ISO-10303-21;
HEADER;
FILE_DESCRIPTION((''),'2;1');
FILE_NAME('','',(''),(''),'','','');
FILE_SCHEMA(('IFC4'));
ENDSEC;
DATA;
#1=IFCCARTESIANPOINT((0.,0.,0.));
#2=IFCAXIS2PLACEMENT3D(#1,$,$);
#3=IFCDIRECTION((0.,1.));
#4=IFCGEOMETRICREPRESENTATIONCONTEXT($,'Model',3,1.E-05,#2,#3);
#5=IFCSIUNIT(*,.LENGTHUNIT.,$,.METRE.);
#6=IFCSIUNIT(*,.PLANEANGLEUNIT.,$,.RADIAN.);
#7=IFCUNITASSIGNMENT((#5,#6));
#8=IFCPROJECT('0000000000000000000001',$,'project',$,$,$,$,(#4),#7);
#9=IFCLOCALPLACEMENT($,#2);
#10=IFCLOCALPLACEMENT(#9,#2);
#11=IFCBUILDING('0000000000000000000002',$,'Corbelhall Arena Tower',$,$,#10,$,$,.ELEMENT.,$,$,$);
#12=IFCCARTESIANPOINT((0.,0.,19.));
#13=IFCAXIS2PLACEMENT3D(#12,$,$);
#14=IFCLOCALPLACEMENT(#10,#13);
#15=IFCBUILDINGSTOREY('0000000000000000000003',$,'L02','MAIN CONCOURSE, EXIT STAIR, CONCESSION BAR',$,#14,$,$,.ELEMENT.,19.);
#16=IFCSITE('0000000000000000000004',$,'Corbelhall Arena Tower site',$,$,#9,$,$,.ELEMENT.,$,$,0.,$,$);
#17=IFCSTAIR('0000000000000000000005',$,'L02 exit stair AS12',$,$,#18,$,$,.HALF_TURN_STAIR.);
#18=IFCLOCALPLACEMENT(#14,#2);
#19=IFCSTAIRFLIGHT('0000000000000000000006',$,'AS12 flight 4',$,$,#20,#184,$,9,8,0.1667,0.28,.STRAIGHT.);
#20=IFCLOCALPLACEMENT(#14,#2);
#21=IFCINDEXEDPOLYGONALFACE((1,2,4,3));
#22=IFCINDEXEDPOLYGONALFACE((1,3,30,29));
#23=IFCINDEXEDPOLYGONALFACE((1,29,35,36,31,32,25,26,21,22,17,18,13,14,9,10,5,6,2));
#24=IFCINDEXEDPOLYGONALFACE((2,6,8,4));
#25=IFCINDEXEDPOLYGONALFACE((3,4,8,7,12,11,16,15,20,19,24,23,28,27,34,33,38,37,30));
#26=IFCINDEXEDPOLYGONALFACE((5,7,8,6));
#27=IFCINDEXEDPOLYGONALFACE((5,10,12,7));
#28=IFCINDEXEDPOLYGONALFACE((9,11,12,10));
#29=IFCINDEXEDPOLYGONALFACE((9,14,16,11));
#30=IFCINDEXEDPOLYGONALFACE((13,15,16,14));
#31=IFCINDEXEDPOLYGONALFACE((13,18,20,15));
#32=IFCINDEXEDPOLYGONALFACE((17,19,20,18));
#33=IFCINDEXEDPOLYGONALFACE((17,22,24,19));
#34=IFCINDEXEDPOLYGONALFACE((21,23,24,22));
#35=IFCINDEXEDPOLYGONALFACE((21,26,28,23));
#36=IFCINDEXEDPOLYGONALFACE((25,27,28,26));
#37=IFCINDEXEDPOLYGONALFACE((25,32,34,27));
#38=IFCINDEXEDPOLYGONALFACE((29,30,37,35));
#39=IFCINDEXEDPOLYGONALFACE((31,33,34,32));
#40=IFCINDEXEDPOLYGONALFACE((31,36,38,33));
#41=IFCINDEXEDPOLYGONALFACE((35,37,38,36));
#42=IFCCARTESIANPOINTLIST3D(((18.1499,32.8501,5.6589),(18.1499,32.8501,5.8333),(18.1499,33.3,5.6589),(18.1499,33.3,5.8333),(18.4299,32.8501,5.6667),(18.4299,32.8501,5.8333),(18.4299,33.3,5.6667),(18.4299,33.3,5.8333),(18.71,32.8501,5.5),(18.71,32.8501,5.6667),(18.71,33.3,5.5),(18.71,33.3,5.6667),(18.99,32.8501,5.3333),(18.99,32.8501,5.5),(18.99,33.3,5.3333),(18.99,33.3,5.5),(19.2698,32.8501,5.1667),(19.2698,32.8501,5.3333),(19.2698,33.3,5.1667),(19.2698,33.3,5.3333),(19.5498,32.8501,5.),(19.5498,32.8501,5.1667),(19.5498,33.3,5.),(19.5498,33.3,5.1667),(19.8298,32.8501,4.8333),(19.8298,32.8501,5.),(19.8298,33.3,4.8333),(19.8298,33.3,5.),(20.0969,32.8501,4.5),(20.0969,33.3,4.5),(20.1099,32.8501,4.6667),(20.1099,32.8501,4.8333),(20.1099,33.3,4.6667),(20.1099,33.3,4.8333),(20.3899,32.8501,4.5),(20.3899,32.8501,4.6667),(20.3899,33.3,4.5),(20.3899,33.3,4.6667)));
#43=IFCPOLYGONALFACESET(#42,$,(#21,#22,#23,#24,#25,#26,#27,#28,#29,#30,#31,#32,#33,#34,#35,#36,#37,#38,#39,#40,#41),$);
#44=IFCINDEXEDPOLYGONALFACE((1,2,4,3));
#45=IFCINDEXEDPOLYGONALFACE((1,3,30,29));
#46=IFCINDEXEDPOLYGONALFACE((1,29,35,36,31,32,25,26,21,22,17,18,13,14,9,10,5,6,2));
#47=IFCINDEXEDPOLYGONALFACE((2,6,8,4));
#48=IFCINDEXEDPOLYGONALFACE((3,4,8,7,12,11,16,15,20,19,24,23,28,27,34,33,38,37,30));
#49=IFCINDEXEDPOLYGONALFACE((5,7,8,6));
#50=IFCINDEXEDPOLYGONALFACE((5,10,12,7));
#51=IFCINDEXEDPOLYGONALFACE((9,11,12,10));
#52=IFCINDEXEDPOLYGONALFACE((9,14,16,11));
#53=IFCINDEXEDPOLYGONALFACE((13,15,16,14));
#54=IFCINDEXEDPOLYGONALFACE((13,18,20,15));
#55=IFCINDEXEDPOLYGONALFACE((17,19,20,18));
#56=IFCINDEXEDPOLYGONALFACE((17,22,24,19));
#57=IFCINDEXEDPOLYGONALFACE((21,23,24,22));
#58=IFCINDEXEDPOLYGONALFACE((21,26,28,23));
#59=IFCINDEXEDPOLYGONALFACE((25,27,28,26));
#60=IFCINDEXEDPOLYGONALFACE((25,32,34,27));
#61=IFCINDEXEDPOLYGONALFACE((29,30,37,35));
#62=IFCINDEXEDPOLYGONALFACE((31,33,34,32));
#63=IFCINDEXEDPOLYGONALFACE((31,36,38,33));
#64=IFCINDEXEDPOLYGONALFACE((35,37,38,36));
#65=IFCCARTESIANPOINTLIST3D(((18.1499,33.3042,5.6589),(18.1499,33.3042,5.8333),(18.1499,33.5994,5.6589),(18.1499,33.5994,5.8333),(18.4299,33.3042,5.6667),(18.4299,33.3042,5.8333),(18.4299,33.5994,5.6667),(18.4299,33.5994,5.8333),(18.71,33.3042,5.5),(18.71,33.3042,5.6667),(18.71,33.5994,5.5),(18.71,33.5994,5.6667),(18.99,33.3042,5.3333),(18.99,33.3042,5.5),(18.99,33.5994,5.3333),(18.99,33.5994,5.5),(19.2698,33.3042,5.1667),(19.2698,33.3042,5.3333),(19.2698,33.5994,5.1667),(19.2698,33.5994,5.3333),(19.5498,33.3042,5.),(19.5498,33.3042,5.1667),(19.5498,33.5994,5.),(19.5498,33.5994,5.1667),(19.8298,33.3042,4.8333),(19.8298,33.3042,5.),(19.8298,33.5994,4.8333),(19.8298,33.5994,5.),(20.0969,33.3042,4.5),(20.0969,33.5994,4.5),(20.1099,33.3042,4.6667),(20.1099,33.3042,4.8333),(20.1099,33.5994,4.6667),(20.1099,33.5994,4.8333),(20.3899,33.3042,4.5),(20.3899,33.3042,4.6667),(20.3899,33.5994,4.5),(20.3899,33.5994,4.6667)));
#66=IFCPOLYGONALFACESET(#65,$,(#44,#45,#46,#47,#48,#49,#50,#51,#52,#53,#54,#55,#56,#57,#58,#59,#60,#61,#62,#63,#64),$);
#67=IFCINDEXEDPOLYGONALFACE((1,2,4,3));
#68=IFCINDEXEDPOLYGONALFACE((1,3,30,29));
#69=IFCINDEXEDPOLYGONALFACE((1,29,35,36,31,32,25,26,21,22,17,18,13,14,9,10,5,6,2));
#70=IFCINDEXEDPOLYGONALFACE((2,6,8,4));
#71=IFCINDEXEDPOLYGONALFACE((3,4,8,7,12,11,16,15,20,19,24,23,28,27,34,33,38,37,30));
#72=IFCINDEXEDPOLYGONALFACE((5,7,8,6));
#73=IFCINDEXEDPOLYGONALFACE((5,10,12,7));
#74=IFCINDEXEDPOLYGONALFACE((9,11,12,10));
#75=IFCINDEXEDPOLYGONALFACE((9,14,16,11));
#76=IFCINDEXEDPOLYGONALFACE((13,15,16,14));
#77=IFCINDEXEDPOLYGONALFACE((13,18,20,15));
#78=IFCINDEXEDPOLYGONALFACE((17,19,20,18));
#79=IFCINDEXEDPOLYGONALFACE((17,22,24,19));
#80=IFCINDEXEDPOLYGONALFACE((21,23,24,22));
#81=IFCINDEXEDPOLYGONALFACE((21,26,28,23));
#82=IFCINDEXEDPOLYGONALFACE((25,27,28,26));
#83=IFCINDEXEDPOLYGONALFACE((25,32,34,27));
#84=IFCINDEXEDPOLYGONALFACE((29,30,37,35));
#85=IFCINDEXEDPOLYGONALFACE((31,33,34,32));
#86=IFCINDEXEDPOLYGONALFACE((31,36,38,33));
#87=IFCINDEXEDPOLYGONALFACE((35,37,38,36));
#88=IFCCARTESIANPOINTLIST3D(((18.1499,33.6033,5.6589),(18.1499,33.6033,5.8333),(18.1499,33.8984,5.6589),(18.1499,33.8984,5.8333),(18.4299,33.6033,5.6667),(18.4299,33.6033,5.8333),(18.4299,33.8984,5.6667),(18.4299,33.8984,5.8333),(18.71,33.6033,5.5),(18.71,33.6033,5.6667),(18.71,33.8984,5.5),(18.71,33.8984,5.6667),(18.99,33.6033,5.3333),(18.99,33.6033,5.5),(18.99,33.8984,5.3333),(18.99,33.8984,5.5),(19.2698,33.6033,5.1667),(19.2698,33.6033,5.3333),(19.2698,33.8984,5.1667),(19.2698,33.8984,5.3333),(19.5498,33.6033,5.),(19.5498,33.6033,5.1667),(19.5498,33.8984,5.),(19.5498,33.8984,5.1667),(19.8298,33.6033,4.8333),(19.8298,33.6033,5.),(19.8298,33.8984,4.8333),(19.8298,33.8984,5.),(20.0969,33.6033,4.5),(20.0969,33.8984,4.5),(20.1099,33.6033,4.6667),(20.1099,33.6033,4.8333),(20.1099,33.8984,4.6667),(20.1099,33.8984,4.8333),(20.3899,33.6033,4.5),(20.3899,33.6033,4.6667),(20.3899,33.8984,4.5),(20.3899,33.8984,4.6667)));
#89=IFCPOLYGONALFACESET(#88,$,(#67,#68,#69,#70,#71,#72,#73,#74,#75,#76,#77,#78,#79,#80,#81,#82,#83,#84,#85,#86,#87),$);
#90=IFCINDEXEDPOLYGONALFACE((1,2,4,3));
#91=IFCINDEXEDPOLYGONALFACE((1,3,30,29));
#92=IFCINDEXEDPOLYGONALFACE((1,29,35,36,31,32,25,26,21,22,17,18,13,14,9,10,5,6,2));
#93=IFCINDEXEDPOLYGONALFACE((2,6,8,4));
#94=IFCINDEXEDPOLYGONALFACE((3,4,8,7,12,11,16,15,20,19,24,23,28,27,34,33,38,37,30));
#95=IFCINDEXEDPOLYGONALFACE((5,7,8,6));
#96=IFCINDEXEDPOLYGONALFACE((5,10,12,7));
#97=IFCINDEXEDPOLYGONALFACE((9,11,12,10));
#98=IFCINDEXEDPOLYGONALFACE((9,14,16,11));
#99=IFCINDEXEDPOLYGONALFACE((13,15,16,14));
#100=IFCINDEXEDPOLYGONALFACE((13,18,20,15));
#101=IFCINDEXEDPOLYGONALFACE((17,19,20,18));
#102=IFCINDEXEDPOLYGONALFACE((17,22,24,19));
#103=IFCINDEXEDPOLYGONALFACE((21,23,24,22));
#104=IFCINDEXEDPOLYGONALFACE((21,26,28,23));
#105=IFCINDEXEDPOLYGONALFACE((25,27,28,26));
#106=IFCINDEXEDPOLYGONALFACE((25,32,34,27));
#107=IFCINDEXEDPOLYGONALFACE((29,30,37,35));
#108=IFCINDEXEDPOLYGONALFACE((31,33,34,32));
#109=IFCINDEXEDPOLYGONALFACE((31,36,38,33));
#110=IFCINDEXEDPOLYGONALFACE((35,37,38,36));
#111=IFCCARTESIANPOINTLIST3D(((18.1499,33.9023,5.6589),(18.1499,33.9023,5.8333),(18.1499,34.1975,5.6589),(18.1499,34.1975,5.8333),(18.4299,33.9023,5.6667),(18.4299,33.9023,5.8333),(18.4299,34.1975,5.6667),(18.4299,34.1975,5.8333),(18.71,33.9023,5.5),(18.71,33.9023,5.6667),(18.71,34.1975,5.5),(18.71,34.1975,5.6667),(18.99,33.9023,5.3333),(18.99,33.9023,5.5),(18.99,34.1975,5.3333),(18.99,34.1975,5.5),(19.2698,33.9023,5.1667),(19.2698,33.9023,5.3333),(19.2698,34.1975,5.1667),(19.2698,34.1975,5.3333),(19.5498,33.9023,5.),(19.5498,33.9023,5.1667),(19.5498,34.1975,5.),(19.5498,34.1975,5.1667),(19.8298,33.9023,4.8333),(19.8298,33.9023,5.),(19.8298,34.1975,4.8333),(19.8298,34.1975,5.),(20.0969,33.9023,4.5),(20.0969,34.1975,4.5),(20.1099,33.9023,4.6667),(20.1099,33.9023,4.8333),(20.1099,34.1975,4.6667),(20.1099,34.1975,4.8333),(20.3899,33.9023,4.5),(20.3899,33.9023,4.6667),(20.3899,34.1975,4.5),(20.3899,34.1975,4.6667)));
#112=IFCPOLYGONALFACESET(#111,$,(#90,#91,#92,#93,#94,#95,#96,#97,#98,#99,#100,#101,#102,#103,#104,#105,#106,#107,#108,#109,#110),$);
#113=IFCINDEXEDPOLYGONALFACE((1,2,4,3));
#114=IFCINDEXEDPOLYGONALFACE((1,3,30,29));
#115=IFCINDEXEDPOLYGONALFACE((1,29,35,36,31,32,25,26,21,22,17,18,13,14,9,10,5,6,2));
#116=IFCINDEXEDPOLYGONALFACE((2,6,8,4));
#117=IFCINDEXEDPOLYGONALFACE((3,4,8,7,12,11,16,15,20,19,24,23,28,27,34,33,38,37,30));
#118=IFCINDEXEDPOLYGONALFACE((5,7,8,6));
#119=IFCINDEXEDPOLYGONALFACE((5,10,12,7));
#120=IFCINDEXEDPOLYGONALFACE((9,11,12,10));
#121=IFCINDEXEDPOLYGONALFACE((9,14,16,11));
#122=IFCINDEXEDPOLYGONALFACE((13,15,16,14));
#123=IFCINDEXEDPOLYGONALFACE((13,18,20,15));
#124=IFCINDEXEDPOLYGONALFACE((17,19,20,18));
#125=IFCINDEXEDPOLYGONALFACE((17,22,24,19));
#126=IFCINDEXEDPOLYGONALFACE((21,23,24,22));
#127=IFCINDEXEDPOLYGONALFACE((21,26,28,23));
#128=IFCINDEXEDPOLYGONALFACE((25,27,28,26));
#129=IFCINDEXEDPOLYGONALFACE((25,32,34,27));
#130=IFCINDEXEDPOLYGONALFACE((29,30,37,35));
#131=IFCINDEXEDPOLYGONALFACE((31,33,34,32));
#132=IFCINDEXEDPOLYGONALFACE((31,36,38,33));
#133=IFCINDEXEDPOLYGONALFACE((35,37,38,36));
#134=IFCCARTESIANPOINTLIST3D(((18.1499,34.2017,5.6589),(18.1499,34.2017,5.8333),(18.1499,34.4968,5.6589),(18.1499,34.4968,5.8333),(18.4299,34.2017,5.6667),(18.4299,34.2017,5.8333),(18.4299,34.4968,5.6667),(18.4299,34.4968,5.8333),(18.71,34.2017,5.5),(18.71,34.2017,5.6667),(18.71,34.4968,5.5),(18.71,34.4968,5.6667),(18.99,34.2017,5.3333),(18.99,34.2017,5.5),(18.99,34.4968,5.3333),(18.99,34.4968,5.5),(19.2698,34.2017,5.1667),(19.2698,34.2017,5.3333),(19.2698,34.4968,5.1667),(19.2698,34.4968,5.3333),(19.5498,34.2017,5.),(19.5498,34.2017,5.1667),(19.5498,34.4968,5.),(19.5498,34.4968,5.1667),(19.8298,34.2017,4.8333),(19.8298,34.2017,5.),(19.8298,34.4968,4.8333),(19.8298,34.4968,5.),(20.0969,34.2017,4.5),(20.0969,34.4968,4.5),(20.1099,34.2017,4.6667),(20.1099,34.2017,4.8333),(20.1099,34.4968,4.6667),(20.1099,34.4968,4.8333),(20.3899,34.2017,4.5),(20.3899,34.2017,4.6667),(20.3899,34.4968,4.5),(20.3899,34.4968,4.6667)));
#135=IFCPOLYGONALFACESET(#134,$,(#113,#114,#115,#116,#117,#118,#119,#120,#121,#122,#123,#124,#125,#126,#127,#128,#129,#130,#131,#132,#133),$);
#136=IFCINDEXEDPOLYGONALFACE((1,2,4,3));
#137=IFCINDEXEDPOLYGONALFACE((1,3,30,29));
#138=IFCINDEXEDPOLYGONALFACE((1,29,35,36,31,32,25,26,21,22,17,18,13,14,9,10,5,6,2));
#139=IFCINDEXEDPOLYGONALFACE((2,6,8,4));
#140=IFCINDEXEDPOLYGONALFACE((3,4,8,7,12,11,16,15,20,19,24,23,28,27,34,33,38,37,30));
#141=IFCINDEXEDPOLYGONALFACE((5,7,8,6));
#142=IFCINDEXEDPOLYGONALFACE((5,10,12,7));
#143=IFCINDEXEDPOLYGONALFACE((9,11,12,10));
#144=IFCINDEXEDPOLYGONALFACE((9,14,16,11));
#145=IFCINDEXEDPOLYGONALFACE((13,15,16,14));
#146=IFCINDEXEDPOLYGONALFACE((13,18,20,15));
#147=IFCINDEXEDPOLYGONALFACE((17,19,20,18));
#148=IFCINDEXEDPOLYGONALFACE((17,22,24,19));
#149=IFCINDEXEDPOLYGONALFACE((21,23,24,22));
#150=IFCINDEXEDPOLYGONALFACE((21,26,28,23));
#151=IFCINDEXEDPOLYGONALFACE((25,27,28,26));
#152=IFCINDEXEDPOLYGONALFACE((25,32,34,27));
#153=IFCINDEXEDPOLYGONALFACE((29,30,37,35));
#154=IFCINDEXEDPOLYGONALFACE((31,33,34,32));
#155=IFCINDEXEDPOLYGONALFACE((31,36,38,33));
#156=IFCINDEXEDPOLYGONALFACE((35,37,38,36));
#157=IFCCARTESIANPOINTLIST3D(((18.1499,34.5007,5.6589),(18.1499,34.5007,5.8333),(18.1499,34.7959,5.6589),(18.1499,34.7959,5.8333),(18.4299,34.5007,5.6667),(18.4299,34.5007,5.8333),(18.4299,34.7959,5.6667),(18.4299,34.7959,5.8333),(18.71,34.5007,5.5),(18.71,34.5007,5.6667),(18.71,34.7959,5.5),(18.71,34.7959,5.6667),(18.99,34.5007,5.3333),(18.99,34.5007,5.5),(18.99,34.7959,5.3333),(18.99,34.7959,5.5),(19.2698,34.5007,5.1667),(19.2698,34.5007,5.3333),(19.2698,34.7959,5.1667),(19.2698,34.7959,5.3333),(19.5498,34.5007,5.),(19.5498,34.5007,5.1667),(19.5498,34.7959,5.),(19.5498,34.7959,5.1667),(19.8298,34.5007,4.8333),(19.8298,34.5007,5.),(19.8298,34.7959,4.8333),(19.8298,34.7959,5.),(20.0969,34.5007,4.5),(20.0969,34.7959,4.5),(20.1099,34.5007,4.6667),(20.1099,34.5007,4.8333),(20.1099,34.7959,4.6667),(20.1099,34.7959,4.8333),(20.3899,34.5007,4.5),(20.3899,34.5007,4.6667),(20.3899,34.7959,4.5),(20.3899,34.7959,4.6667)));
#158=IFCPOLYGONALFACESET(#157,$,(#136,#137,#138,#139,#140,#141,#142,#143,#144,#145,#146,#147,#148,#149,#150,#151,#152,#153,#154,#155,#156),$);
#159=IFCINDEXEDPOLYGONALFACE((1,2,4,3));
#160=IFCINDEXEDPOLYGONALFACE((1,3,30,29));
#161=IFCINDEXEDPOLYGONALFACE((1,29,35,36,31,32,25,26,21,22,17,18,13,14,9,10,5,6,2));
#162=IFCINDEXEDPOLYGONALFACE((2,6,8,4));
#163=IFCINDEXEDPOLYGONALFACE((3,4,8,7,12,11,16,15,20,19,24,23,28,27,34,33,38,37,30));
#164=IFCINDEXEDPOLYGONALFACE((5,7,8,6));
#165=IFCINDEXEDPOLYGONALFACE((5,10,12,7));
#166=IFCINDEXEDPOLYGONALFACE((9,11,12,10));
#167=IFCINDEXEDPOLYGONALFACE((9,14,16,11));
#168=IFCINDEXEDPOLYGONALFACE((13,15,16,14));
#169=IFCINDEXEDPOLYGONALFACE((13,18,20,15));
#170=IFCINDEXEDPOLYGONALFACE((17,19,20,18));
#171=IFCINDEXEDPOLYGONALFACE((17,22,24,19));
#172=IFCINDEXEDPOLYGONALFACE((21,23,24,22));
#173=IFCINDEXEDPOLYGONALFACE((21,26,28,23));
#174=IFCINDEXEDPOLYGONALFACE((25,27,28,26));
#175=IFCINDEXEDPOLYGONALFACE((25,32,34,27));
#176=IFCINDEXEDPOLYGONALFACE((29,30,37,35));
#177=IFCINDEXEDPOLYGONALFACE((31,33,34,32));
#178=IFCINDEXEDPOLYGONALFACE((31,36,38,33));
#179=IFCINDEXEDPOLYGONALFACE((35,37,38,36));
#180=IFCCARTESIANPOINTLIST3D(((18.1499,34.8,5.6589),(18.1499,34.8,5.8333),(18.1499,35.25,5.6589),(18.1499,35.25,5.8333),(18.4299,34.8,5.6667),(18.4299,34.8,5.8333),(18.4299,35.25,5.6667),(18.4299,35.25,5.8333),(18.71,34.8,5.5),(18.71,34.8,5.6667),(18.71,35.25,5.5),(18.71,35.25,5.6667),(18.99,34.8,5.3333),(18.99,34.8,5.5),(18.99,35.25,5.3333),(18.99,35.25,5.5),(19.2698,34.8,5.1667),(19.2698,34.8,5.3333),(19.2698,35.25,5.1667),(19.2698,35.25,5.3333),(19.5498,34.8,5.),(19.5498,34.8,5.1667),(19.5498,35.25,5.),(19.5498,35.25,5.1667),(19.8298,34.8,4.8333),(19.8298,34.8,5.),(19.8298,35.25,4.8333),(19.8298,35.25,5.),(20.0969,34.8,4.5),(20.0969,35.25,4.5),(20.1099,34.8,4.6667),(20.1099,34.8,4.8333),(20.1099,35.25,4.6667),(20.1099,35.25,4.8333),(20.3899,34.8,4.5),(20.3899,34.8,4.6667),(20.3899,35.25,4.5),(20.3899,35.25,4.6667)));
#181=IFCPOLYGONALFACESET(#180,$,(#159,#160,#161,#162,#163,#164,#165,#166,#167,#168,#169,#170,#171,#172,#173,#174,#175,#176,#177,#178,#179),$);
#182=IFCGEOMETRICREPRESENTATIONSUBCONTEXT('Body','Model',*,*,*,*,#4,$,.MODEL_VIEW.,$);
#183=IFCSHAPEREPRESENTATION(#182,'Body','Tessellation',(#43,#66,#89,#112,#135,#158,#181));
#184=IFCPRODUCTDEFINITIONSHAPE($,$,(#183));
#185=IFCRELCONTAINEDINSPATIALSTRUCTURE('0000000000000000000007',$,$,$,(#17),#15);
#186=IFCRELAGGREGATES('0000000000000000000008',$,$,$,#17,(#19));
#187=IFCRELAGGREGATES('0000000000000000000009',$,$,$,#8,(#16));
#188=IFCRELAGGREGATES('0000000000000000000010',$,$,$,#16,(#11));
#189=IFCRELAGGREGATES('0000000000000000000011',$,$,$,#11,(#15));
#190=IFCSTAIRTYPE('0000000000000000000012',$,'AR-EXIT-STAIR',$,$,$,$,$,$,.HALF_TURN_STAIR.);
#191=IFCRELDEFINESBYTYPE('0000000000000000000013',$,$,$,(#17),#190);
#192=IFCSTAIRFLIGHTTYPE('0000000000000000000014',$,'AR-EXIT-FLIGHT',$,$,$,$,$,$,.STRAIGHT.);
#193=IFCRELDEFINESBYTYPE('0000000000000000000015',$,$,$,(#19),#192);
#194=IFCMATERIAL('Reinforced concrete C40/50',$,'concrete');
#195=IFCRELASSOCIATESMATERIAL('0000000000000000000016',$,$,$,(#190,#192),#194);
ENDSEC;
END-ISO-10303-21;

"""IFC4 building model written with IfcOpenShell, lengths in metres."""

from ifc_helpers import new_model, si_unit, direction, frame, origin, place, context, subcontext, project, spatial, polyline, outline, extrude, material, type_object, element, aggregate, save


model = new_model("IFC4")

# Units and contexts
model_context = context("Model", 3, precision=1e-05, world=origin(), true_north=direction((0.0, 1.0)))
body_context = subcontext(model_context, "Body", "Model", "MODEL_VIEW")
ifc_project = project(units=[si_unit("LENGTHUNIT", "METRE"), si_unit("PLANEANGLEUNIT", "RADIAN")], contexts=[model_context])

# Site, building, storey
site_placement = place(None, origin())
site = spatial("IfcSite", under=ifc_project, at=site_placement, Name="Corbelhall Arena Tower site", CompositionType="ELEMENT", RefElevation=0.0)
building_placement = place(site_placement, origin())
building = spatial("IfcBuilding", under=site, at=building_placement, Name="Corbelhall Arena Tower", CompositionType="ELEMENT")
storey_placement = place(building_placement, frame((0.0, 0.0, 19.0)))
storey = spatial("IfcBuildingStorey", under=building, at=storey_placement, Name="L02", Description="MAIN CONCOURSE, EXIT STAIR, CONCESSION BAR", CompositionType="ELEMENT", Elevation=19.0)

# Shared definitions
ifc_material_1 = material(Name="Reinforced concrete C40/50", Category="concrete")

# Stair, stair flight
stair_type = type_object("IfcStairType", Name="AR-EXIT-STAIR", PredefinedType="HALF_TURN_STAIR", material=ifc_material_1)
stair_flight_type = type_object("IfcStairFlightType", Name="AR-EXIT-FLIGHT", PredefinedType="STRAIGHT", material=ifc_material_1)
stair_1_placement = place(storey_placement, origin())
stair_1 = element("IfcStair", 1, at=stair_1_placement, inside=storey, type_object=stair_type, Name="L02 exit stair AS12", PredefinedType="HALF_TURN_STAIR")
stair_flight_1_placement = place(storey_placement, frame((20.3899, 34.05, 4.5), z_axis=(0.0, 0.0, 1.0), x_axis=(-1.0, 0.0, 0.0)))
stair_flight_1 = element("IfcStairFlight", 2, at=stair_flight_1_placement, type_object=stair_flight_type, Name="AS12 flight 4", NumberOfRisers=9, NumberOfTreads=8, PredefinedType="STRAIGHT", RiserHeight=0.1667, TreadLength=0.28, context=body_context, shape_type="SweptSolid", body=[
    extrude(outline(polyline([(0.0, 0.0), (0.0, 0.1667), (0.28, 0.1667), (0.28, 0.3333), (0.5601, 0.3333), (0.5601, 0.5), (0.8401, 0.5), (0.8401, 0.6667), (1.1201, 0.6667), (1.1201, 0.8333), (1.3999, 0.8333), (1.3999, 1.0), (1.6799, 1.0), (1.6799, 1.1667), (1.96, 1.1667), (1.96, 1.3333), (2.24, 1.3333), (2.24, 1.5), (2.24, 1.1589), (0.293, 0.0), (0.0, 0.0)])), frame((0.0, 1.2, 0.0), z_axis=(0.0, -1.0, 0.0), x_axis=(1.0, 0.0, 0.0)), (0.0, 0.0, 1.0), 0.45),
    extrude(outline(polyline([(0.0, 0.0), (0.0, 0.1667), (0.28, 0.1667), (0.28, 0.3333), (0.5601, 0.3333), (0.5601, 0.5), (0.8401, 0.5), (0.8401, 0.6667), (1.1201, 0.6667), (1.1201, 0.8333), (1.3999, 0.8333), (1.3999, 1.0), (1.6799, 1.0), (1.6799, 1.1667), (1.96, 1.1667), (1.96, 1.3333), (2.24, 1.3333), (2.24, 1.5), (2.24, 1.1589), (0.293, 0.0), (0.0, 0.0)])), frame((0.0, 0.7458, 0.0), z_axis=(0.0, -1.0, 0.0), x_axis=(1.0, 0.0, 0.0)), (0.0, 0.0, 1.0), 0.2952),
    extrude(outline(polyline([(0.0, 0.0), (0.0, 0.1667), (0.28, 0.1667), (0.28, 0.3333), (0.5601, 0.3333), (0.5601, 0.5), (0.8401, 0.5), (0.8401, 0.6667), (1.1201, 0.6667), (1.1201, 0.8333), (1.3999, 0.8333), (1.3999, 1.0), (1.6799, 1.0), (1.6799, 1.1667), (1.96, 1.1667), (1.96, 1.3333), (2.24, 1.3333), (2.24, 1.5), (2.24, 1.1589), (0.293, 0.0), (0.0, 0.0)])), frame((0.0, 0.4468, 0.0), z_axis=(0.0, -1.0, 0.0), x_axis=(1.0, 0.0, 0.0)), (0.0, 0.0, 1.0), 0.2952),
    extrude(outline(polyline([(0.0, 0.0), (0.0, 0.1667), (0.28, 0.1667), (0.28, 0.3333), (0.5601, 0.3333), (0.5601, 0.5), (0.8401, 0.5), (0.8401, 0.6667), (1.1201, 0.6667), (1.1201, 0.8333), (1.3999, 0.8333), (1.3999, 1.0), (1.6799, 1.0), (1.6799, 1.1667), (1.96, 1.1667), (1.96, 1.3333), (2.24, 1.3333), (2.24, 1.5), (2.24, 1.1589), (0.293, 0.0), (0.0, 0.0)])), frame((0.0, 0.1477, 0.0), z_axis=(0.0, -1.0, 0.0), x_axis=(1.0, 0.0, 0.0)), (0.0, 0.0, 1.0), 0.2952),
    extrude(outline(polyline([(0.0, 0.0), (0.0, 0.1667), (0.28, 0.1667), (0.28, 0.3333), (0.5601, 0.3333), (0.5601, 0.5), (0.8401, 0.5), (0.8401, 0.6667), (1.1201, 0.6667), (1.1201, 0.8333), (1.3999, 0.8333), (1.3999, 1.0), (1.6799, 1.0), (1.6799, 1.1667), (1.96, 1.1667), (1.96, 1.3333), (2.24, 1.3333), (2.24, 1.5), (2.24, 1.1589), (0.293, 0.0), (0.0, 0.0)])), frame((0.0, -0.1516, 0.0), z_axis=(0.0, -1.0, 0.0), x_axis=(1.0, 0.0, 0.0)), (0.0, 0.0, 1.0), 0.2952),
    extrude(outline(polyline([(0.0, 0.0), (0.0, 0.1667), (0.28, 0.1667), (0.28, 0.3333), (0.5601, 0.3333), (0.5601, 0.5), (0.8401, 0.5), (0.8401, 0.6667), (1.1201, 0.6667), (1.1201, 0.8333), (1.3999, 0.8333), (1.3999, 1.0), (1.6799, 1.0), (1.6799, 1.1667), (1.96, 1.1667), (1.96, 1.3333), (2.24, 1.3333), (2.24, 1.5), (2.24, 1.1589), (0.293, 0.0), (0.0, 0.0)])), frame((0.0, -0.4507, 0.0), z_axis=(0.0, -1.0, 0.0), x_axis=(1.0, 0.0, 0.0)), (0.0, 0.0, 1.0), 0.2952),
    extrude(outline(polyline([(0.0, 0.0), (0.0, 0.1667), (0.28, 0.1667), (0.28, 0.3333), (0.5601, 0.3333), (0.5601, 0.5), (0.8401, 0.5), (0.8401, 0.6667), (1.1201, 0.6667), (1.1201, 0.8333), (1.3999, 0.8333), (1.3999, 1.0), (1.6799, 1.0), (1.6799, 1.1667), (1.96, 1.1667), (1.96, 1.3333), (2.24, 1.3333), (2.24, 1.5), (2.24, 1.1589), (0.293, 0.0), (0.0, 0.0)])), frame((0.0, -0.75, 0.0), z_axis=(0.0, -1.0, 0.0), x_axis=(1.0, 0.0, 0.0)), (0.0, 0.0, 1.0), 0.45),
])
aggregate(stair_1, [stair_flight_1])

save(model, "model.ifc")
